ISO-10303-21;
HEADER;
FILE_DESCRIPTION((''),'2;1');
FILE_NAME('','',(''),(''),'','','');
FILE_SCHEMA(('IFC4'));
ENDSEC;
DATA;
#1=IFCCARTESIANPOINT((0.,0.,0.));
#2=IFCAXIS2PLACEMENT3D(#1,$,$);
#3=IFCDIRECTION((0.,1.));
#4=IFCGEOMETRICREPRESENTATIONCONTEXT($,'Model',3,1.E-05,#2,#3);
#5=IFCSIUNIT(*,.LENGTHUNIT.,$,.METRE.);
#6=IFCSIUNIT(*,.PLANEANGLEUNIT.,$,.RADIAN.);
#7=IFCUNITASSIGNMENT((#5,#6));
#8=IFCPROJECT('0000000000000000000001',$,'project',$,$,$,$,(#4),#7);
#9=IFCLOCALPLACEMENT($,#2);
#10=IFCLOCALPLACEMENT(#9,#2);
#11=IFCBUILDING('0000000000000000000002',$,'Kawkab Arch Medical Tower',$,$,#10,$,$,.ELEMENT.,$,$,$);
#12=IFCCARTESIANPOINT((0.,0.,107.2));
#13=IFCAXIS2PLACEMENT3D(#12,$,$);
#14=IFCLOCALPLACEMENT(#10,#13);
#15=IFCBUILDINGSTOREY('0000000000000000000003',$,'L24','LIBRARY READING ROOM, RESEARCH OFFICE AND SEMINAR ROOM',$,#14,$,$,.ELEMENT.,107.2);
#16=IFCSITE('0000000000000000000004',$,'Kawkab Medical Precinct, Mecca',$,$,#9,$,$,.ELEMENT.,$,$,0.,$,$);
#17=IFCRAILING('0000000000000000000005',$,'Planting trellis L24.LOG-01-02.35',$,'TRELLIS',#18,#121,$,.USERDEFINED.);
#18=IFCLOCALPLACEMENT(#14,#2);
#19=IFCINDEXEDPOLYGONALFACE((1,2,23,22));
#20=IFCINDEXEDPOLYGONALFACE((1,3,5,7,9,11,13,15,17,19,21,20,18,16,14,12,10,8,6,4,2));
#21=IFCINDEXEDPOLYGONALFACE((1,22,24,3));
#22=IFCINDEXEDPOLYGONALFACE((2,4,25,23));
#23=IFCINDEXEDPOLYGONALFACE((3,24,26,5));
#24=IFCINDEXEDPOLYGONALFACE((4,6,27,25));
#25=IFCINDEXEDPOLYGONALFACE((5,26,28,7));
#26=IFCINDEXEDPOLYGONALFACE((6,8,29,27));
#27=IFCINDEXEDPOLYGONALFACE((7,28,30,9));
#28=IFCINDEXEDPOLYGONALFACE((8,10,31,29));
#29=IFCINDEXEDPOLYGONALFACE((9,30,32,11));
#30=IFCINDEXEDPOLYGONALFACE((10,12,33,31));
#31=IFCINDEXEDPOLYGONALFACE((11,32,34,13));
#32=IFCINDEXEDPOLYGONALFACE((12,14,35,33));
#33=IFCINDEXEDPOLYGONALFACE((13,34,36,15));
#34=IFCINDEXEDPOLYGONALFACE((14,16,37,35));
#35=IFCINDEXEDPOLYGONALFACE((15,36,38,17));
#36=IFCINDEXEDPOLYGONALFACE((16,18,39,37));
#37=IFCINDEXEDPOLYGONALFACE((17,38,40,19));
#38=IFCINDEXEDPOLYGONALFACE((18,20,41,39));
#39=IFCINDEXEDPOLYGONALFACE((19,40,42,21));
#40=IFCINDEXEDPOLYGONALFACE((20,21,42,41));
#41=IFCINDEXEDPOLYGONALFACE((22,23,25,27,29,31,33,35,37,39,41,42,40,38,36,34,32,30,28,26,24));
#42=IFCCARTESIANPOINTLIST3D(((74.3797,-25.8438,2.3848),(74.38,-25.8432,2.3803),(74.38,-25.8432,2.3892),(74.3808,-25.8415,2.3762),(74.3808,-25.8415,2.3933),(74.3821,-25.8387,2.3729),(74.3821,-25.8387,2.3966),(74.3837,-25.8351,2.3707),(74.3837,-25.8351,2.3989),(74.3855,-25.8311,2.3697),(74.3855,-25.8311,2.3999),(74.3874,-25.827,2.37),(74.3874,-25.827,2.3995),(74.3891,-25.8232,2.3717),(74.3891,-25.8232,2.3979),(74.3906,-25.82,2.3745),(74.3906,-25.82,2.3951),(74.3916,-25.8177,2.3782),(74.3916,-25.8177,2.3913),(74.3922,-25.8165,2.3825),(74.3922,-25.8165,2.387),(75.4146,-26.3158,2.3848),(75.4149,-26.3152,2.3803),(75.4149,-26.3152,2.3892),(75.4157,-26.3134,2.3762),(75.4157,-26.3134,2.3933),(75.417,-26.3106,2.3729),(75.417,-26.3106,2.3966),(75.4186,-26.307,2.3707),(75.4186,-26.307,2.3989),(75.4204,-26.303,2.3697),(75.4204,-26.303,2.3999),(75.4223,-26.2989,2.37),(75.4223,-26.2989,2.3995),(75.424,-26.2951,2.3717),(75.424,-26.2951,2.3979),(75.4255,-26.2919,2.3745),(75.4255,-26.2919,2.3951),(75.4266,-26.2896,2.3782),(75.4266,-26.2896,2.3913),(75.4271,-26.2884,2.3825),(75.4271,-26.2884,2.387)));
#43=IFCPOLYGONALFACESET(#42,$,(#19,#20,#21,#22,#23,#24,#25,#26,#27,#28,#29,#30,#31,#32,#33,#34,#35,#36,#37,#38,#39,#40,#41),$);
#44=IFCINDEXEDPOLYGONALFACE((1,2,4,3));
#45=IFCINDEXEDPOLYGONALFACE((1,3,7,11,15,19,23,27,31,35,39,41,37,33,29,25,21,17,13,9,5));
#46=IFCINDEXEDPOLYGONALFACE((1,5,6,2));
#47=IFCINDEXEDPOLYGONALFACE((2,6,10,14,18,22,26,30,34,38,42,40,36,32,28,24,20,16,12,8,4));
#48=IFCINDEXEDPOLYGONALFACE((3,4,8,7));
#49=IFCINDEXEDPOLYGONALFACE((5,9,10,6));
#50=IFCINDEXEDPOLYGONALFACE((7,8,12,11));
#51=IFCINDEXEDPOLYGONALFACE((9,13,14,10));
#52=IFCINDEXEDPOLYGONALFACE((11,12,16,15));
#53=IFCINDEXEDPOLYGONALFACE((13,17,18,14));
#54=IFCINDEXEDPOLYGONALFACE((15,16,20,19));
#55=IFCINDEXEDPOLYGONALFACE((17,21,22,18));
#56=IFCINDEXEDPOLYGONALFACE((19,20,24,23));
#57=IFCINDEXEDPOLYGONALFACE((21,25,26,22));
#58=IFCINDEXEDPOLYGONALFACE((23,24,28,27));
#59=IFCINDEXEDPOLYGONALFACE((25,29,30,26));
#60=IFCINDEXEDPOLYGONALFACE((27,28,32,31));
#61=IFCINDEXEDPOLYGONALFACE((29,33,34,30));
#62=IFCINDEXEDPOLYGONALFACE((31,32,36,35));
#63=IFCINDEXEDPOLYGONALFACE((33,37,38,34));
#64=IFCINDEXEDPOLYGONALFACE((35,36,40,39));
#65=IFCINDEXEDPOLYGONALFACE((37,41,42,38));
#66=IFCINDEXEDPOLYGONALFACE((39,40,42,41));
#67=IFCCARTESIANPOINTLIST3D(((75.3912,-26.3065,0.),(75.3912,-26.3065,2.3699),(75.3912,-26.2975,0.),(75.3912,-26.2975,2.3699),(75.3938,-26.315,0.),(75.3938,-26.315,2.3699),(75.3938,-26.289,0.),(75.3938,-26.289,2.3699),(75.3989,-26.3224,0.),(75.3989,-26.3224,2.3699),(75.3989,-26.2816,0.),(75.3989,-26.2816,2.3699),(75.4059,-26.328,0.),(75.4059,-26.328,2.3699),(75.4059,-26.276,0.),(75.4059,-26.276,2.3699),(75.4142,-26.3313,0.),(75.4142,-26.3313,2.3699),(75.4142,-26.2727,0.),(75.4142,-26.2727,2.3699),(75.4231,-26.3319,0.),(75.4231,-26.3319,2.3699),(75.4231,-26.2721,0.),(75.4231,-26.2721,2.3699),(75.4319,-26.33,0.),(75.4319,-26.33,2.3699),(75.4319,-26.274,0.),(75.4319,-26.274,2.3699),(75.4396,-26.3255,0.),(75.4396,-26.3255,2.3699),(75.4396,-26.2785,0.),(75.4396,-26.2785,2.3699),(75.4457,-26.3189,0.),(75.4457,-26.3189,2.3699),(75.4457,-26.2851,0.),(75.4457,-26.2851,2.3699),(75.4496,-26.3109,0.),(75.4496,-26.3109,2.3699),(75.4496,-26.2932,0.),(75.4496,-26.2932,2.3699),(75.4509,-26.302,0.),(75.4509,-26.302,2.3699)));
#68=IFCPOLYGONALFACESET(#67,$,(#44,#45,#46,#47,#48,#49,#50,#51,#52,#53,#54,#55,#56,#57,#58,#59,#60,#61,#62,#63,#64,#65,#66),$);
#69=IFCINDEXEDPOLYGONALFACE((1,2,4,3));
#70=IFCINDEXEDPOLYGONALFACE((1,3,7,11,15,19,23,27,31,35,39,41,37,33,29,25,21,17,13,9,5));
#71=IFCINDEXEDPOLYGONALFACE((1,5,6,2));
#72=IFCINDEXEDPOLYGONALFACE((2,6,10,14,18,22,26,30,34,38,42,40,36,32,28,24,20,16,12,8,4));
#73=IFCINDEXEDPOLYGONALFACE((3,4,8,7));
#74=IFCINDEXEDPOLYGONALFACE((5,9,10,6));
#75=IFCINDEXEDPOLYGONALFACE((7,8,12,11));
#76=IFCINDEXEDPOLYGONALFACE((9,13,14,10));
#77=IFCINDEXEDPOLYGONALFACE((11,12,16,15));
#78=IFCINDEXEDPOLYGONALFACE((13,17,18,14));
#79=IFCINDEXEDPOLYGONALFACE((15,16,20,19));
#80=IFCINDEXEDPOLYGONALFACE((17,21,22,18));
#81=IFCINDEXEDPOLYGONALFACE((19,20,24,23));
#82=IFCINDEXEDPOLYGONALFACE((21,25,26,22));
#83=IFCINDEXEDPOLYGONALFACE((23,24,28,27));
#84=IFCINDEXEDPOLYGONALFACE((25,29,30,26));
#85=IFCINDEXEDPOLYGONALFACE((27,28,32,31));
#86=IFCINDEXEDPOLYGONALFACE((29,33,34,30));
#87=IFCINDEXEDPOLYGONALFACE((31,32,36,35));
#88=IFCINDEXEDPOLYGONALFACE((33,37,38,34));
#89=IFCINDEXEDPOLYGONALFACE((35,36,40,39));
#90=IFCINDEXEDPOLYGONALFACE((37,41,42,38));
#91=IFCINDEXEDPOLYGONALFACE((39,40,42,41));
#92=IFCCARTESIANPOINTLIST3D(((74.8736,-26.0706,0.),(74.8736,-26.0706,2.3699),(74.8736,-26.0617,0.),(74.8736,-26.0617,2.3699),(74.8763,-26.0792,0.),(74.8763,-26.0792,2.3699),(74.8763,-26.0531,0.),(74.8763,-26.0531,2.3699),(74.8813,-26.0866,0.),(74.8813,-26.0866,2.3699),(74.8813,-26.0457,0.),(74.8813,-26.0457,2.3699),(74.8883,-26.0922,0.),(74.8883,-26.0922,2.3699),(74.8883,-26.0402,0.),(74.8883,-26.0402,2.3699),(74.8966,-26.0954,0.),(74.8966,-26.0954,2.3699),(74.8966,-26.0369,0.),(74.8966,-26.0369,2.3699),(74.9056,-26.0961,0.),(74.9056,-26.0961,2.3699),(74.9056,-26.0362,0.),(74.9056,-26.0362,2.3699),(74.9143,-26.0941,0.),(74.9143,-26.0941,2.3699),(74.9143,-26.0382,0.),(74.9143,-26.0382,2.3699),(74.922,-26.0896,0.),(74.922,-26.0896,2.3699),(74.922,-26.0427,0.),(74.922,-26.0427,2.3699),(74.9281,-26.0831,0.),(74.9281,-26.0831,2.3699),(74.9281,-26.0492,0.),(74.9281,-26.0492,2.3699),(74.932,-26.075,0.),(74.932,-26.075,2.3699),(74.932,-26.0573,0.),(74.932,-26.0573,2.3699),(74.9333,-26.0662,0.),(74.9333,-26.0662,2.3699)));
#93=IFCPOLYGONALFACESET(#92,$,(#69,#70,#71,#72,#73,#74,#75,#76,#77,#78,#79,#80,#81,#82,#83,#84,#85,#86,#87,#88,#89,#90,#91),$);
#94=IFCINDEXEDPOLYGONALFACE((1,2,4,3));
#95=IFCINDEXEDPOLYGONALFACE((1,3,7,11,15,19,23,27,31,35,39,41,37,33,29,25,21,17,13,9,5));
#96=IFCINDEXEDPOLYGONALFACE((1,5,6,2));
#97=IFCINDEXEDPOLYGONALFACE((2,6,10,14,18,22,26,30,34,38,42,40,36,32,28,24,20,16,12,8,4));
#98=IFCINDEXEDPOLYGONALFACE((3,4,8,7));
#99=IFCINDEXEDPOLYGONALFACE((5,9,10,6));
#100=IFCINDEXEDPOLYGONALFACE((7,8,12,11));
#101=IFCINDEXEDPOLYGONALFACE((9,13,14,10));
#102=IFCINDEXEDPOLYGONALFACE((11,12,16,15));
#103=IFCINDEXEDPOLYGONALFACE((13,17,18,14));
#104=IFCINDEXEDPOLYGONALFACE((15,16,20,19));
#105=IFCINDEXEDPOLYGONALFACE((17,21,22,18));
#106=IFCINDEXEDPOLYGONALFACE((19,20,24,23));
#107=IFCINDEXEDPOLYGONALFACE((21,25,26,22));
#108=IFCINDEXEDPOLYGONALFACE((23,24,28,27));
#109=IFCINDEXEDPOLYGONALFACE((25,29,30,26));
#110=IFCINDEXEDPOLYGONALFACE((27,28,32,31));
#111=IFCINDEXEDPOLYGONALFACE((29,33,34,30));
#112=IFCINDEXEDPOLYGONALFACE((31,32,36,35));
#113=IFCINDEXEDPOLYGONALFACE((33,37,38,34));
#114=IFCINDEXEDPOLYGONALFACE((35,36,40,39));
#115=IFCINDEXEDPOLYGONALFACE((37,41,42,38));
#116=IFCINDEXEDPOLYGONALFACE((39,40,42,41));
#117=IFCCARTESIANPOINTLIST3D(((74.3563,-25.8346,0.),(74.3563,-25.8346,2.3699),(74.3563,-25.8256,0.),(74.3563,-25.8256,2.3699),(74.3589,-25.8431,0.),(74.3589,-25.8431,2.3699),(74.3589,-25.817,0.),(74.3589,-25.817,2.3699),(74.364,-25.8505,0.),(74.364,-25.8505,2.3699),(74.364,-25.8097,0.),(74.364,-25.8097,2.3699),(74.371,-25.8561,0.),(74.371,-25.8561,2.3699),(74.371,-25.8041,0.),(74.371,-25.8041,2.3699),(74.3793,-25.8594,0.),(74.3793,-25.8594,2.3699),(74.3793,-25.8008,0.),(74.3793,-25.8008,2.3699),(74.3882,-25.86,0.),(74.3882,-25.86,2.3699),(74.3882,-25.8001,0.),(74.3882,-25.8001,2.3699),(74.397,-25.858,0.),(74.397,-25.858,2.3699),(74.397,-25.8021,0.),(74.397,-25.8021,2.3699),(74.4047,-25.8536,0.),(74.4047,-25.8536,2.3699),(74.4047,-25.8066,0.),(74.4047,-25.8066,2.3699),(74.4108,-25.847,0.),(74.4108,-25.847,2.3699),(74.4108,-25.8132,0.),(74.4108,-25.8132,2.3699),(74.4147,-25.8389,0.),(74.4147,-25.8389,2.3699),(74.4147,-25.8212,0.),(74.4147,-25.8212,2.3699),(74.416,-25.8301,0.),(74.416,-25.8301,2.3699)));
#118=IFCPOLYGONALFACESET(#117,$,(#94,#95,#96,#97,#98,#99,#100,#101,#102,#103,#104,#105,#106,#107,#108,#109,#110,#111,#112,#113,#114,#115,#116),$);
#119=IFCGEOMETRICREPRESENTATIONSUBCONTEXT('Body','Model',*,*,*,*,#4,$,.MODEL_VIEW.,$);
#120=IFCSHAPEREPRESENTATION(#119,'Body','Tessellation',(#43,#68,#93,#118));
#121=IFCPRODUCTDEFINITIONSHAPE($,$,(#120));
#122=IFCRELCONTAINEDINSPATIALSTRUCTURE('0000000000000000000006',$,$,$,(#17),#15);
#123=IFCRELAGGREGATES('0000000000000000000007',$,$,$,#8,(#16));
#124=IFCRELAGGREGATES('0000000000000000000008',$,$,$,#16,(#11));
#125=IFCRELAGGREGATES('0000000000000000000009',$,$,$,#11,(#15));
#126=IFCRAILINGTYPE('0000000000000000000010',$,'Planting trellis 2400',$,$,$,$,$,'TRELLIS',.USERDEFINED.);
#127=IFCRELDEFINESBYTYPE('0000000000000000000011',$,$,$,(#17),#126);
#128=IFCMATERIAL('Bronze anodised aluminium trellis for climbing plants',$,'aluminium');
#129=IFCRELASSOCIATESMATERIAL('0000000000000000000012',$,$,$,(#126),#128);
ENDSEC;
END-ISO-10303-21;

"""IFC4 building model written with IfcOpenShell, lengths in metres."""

from ifc_helpers import new_model, si_unit, direction, frame, origin, origin_2d, place, context, subcontext, project, spatial, circle, extrude, material, type_object, element, save


model = new_model("IFC4")

# Units and contexts
model_context = context("Model", 3, precision=1e-05, world=origin(), true_north=direction((0.0, 1.0)))
body_context = subcontext(model_context, "Body", "Model", "MODEL_VIEW")
ifc_project = project(units=[si_unit("LENGTHUNIT", "METRE"), si_unit("PLANEANGLEUNIT", "RADIAN")], contexts=[model_context])

# Site, building, storey
site_placement = place(None, origin())
site = spatial("IfcSite", under=ifc_project, at=site_placement, Name="Kawkab Medical Precinct, Mecca", CompositionType="ELEMENT", RefElevation=0.0)
building_placement = place(site_placement, origin())
building = spatial("IfcBuilding", under=site, at=building_placement, Name="Kawkab Arch Medical Tower", CompositionType="ELEMENT")
storey_placement = place(building_placement, frame((0.0, 0.0, 107.2)))
storey = spatial("IfcBuildingStorey", under=building, at=storey_placement, Name="L24", Description="LIBRARY READING ROOM, RESEARCH OFFICE AND SEMINAR ROOM", CompositionType="ELEMENT", Elevation=107.2)

# Railing
ifc_material_1 = material(Name="Bronze anodised aluminium trellis for climbing plants", Category="aluminium")
railing_type = type_object("IfcRailingType", Name="Planting trellis 2400", ElementType="TRELLIS", PredefinedType="USERDEFINED", material=ifc_material_1)
railing_1_placement = place(storey_placement, frame((75.4209, -26.302, 0.0)))
element("IfcRailing", 1, at=railing_1_placement, inside=storey, type_object=railing_type, Name="Planting trellis L24.LOG-01-02.35", ObjectType="TRELLIS", PredefinedType="USERDEFINED", context=body_context, shape_type="SweptSolid", body=[
    extrude(circle(Radius=0.0151, at=origin_2d()), frame((0.0, 0.0, 2.3848), z_axis=(-0.909866, 0.414902, 0.0), x_axis=(-0.414902, -0.909866, 0.0)), (0.0, 0.0, 1.0), 1.1375),
    extrude(circle(Radius=0.03, at=origin_2d()), origin(), (0.0, 0.0, 1.0), 2.3699),
    extrude(circle(Radius=0.03, at=origin_2d()), frame((-0.5176, 0.2358, 0.0)), (0.0, 0.0, 1.0), 2.3699),
    extrude(circle(Radius=0.03, at=origin_2d()), frame((-1.0349, 0.4719, 0.0)), (0.0, 0.0, 1.0), 2.3699),
])

save(model, "model.ifc")
